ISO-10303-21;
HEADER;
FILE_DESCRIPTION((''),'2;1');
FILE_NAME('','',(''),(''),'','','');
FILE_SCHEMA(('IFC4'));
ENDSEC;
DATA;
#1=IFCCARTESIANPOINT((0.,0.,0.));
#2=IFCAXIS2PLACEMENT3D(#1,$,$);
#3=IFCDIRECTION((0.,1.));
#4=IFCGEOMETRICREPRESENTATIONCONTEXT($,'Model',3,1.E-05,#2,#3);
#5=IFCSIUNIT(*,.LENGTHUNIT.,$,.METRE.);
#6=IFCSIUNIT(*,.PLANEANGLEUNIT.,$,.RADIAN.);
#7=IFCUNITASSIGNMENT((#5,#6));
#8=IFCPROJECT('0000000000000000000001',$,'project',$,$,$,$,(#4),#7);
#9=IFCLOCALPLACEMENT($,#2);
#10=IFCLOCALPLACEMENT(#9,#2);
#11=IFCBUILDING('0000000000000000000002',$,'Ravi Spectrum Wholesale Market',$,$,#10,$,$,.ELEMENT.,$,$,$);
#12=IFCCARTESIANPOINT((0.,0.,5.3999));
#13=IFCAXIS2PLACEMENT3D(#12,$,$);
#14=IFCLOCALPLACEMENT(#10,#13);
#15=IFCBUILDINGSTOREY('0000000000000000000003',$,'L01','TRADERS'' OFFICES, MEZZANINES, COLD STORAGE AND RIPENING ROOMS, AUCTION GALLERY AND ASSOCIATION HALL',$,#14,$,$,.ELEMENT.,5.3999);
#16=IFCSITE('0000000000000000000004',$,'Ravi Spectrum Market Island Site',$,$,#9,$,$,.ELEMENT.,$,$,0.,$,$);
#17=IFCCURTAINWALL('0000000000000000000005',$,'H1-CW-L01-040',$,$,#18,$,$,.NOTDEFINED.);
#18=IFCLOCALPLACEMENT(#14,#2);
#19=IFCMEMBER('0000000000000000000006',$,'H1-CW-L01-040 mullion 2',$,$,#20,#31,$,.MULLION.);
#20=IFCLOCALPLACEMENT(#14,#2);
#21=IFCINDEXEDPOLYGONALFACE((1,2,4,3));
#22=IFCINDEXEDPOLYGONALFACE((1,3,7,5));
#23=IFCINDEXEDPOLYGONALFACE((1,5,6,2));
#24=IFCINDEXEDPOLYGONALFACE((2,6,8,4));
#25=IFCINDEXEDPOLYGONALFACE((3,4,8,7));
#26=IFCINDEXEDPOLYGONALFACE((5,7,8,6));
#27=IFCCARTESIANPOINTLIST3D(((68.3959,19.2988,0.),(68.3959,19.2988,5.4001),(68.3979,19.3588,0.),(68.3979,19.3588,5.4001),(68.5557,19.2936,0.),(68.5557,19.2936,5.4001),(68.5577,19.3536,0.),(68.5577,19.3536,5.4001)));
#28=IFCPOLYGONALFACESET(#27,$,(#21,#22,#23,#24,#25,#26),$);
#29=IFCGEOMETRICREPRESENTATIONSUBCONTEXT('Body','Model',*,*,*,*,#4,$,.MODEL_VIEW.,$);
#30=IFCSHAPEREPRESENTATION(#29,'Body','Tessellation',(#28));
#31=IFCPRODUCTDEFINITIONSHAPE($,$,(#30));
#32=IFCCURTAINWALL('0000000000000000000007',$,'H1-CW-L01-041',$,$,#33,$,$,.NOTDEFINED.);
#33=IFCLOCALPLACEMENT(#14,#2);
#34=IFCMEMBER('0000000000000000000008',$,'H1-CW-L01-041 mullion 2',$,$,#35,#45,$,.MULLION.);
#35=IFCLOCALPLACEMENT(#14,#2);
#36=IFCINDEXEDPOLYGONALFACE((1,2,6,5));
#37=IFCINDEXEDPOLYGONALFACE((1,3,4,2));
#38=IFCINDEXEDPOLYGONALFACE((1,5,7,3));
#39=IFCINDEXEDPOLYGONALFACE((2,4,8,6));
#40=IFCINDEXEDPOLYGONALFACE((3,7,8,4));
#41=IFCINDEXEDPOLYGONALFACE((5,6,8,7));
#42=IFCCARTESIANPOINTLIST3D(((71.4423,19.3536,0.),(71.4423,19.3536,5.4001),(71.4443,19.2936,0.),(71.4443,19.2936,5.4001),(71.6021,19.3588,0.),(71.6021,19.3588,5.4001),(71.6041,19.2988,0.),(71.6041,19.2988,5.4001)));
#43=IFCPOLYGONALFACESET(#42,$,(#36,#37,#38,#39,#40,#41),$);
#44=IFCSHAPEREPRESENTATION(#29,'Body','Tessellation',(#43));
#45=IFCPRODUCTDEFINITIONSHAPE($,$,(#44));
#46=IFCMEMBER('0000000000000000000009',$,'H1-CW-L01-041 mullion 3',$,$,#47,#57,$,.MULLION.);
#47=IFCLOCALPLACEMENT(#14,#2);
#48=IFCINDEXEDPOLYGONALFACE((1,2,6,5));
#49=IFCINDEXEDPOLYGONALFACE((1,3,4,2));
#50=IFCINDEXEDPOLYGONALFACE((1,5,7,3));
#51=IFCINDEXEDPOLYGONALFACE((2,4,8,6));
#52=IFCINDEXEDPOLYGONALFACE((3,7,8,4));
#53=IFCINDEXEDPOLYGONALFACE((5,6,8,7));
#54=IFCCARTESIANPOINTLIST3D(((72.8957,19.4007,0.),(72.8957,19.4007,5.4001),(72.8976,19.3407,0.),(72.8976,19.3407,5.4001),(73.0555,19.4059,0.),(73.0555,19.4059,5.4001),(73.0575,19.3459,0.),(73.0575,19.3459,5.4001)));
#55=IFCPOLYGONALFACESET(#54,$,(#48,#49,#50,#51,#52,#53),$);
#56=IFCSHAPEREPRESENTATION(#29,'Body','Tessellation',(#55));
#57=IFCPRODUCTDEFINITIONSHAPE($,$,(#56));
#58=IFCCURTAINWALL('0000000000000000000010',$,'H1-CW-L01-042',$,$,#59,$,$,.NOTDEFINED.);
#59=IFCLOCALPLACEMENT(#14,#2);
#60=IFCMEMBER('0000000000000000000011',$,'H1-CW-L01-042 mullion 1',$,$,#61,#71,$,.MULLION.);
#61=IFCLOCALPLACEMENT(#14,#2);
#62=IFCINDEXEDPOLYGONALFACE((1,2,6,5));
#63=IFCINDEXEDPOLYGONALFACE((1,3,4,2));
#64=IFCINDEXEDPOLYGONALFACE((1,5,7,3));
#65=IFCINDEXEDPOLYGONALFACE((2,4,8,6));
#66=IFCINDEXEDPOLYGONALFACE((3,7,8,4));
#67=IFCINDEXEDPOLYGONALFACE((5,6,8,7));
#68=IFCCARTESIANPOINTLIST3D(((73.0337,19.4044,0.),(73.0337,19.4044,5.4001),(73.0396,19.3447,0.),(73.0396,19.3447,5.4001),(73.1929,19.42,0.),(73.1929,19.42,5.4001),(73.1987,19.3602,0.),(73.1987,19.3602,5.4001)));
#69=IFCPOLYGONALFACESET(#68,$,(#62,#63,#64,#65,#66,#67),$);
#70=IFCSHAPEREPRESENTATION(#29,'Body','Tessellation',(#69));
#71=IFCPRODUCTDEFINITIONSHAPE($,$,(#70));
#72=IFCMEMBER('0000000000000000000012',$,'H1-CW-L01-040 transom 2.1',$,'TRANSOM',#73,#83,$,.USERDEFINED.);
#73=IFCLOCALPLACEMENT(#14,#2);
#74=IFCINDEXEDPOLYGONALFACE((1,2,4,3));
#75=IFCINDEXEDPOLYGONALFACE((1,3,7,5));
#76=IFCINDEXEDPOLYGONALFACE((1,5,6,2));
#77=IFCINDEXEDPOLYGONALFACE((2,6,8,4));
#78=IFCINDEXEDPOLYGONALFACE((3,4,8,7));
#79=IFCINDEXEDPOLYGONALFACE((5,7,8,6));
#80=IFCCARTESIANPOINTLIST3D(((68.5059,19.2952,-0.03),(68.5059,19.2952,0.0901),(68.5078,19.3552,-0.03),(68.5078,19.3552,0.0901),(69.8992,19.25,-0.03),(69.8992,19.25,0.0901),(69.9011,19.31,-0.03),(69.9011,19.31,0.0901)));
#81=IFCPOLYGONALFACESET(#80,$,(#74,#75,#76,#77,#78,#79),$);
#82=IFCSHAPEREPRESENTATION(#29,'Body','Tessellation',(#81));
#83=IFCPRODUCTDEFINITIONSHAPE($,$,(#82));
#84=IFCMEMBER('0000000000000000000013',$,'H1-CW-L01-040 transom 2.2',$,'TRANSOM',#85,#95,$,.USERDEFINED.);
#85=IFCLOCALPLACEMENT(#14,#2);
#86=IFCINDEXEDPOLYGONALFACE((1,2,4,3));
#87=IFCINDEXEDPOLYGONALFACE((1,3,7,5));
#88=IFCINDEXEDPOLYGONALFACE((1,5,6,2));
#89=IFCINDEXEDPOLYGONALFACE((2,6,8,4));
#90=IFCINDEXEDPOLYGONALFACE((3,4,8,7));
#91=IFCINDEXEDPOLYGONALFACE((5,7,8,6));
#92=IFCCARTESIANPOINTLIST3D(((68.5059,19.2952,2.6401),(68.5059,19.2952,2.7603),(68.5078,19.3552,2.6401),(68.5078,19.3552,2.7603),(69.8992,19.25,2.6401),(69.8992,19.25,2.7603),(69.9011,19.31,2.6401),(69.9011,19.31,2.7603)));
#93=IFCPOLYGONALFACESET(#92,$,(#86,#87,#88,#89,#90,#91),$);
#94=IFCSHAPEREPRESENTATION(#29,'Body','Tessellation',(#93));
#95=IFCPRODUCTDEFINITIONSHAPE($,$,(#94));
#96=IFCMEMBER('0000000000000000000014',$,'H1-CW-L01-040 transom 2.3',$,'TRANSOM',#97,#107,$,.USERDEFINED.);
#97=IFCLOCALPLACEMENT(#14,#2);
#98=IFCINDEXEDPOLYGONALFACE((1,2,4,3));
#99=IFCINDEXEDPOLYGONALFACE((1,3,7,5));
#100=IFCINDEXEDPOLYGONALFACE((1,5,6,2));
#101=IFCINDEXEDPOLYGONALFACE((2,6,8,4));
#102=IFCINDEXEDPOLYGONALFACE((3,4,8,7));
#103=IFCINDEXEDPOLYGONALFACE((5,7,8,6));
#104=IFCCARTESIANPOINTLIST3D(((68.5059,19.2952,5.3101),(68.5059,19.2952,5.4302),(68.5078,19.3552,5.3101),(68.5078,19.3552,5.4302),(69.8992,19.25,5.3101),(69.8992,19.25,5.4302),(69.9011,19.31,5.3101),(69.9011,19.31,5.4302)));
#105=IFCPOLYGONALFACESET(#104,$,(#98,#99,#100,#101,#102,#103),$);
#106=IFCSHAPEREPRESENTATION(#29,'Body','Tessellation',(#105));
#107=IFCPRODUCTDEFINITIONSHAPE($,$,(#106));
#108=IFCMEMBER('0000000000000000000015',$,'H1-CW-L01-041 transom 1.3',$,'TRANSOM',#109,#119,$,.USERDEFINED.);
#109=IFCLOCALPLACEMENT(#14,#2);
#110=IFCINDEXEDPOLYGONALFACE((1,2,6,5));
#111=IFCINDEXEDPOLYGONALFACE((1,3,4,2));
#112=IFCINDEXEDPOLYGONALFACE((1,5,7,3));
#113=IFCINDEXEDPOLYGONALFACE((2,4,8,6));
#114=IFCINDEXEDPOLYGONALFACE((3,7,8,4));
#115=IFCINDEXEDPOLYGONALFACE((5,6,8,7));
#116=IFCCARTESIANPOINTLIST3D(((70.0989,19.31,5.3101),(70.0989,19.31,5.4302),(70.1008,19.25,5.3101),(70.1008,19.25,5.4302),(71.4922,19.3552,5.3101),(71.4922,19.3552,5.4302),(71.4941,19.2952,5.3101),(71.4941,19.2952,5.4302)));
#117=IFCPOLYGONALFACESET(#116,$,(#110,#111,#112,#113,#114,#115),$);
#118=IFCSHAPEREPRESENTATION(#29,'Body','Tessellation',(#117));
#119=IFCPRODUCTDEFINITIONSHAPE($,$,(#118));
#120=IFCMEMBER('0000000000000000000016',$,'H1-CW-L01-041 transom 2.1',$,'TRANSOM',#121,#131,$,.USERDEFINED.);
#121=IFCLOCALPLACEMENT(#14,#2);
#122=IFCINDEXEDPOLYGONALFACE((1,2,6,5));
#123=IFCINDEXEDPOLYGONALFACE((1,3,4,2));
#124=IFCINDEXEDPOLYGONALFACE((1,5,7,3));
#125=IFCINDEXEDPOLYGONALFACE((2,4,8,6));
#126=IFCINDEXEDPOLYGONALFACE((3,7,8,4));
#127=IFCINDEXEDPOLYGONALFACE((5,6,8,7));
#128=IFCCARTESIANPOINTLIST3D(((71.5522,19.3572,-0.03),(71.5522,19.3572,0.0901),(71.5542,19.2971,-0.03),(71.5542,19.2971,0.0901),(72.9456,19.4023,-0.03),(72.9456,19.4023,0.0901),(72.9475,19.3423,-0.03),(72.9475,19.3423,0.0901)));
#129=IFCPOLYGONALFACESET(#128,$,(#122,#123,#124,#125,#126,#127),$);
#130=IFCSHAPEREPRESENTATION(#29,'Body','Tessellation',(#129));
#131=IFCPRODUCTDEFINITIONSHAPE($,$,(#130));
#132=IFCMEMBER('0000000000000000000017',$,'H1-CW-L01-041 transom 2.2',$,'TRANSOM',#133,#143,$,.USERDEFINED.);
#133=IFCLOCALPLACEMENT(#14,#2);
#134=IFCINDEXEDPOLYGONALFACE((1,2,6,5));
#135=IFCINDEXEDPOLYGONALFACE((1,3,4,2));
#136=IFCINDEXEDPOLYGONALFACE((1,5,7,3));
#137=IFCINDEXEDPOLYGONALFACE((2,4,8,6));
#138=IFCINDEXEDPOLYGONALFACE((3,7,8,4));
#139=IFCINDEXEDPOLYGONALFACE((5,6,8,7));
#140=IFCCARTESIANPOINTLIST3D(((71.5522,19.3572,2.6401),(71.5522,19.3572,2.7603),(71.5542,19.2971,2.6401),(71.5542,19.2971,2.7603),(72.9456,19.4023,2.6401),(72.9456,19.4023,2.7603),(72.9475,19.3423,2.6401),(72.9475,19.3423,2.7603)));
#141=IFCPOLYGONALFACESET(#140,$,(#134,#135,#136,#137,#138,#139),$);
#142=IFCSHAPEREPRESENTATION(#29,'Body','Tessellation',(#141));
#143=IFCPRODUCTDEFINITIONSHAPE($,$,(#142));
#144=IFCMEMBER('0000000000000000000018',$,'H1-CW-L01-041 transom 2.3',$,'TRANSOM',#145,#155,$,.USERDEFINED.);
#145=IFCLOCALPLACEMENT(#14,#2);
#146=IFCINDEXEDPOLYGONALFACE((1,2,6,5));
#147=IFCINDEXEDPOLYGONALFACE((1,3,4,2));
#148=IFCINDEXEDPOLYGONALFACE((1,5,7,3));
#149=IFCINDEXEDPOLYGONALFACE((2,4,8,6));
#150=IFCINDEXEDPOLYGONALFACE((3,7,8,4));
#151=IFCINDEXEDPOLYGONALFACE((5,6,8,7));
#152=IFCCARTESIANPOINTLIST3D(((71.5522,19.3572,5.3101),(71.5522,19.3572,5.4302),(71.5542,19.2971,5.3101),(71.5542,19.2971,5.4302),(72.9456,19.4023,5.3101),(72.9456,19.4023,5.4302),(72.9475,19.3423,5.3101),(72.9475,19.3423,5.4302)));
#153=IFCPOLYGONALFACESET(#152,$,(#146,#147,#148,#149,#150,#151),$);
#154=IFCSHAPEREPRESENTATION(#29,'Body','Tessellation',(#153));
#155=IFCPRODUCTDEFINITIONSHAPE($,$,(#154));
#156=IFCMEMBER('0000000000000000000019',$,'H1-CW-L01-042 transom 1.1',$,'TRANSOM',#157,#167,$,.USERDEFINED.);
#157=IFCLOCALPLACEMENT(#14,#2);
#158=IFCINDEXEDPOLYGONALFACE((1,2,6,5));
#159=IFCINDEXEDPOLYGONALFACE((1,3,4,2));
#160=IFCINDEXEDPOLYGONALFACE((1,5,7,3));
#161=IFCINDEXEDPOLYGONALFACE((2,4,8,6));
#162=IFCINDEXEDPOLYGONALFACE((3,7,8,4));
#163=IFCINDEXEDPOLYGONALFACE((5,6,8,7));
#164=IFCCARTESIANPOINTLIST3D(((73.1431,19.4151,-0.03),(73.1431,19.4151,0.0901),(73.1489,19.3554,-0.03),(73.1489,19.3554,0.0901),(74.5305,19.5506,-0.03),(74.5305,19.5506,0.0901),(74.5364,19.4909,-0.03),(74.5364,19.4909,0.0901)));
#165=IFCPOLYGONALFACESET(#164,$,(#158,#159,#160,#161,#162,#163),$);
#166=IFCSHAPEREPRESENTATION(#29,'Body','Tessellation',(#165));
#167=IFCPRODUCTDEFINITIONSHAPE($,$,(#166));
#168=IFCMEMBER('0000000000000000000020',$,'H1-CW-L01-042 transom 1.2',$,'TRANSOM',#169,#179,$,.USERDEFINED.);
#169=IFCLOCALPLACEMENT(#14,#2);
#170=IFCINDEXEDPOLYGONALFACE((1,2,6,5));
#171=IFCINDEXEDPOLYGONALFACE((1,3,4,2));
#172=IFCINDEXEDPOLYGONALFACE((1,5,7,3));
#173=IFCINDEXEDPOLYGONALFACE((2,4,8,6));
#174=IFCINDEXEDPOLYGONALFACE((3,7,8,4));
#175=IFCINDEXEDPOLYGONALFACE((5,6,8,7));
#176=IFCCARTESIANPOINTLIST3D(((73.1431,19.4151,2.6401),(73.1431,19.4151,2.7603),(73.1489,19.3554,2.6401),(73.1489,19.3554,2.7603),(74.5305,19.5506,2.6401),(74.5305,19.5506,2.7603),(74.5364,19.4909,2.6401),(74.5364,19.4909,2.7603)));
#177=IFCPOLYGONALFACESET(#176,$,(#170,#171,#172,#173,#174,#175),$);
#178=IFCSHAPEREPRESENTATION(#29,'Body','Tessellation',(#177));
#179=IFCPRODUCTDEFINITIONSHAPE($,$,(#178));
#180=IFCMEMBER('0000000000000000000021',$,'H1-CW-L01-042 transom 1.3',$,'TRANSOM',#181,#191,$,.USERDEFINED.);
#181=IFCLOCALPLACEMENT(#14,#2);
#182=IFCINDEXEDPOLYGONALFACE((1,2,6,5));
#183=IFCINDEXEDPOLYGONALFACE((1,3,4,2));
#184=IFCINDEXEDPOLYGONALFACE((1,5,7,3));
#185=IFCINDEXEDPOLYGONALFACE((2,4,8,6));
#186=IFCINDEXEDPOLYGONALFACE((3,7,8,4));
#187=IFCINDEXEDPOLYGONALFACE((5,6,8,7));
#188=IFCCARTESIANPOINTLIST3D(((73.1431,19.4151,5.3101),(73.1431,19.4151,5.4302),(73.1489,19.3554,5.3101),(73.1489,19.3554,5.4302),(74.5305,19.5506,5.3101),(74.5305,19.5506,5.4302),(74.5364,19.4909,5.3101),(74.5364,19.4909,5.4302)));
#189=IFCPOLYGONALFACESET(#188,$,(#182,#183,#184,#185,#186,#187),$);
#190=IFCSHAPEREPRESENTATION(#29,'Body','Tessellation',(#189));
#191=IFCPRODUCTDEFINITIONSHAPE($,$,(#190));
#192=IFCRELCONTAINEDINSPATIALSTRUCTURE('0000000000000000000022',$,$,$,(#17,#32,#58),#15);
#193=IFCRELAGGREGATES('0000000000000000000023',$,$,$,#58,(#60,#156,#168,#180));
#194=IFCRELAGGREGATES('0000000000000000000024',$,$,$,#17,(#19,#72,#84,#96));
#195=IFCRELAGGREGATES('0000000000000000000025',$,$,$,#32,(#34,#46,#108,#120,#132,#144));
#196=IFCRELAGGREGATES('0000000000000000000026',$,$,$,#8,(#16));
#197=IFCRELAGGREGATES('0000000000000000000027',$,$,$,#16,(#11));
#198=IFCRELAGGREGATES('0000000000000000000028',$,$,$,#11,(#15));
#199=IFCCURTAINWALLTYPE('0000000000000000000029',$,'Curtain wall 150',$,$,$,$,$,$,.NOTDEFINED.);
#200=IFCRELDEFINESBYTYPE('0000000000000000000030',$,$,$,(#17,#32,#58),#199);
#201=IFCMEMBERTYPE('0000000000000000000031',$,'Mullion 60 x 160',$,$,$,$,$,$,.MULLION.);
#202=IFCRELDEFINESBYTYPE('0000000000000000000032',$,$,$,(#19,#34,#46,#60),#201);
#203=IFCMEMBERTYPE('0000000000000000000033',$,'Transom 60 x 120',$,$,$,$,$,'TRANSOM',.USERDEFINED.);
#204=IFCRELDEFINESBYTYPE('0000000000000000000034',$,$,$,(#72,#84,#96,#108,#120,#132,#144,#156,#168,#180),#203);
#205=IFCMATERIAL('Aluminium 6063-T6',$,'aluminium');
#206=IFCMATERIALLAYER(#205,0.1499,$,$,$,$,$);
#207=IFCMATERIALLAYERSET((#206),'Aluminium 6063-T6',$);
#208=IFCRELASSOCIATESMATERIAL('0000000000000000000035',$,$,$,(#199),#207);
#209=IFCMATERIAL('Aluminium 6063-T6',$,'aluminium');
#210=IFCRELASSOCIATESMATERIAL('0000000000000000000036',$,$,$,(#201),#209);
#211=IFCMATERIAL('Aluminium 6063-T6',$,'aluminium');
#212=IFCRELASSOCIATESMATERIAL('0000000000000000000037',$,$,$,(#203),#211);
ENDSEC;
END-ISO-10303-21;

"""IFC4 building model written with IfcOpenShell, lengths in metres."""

from ifc_helpers import new_model, si_unit, direction, frame, origin, origin_2d, place, context, subcontext, project, spatial, rectangle, extrude, material, layer, layer_set, material_profile, profile_set, type_object, element, aggregate, save


model = new_model("IFC4")

# Units and contexts
model_context = context("Model", 3, precision=1e-05, world=origin(), true_north=direction((0.0, 1.0)))
body_context = subcontext(model_context, "Body", "Model", "MODEL_VIEW")
ifc_project = project(units=[si_unit("LENGTHUNIT", "METRE"), si_unit("PLANEANGLEUNIT", "RADIAN")], contexts=[model_context])

# Site, building, storey
site_placement = place(None, origin())
site = spatial("IfcSite", under=ifc_project, at=site_placement, Name="Ravi Spectrum Market Island Site", CompositionType="ELEMENT", RefElevation=0.0)
building_placement = place(site_placement, origin())
building = spatial("IfcBuilding", under=site, at=building_placement, Name="Ravi Spectrum Wholesale Market", CompositionType="ELEMENT")
storey_placement = place(building_placement, frame((0.0, 0.0, 5.3999)))
storey = spatial("IfcBuildingStorey", under=building, at=storey_placement, Name="L01", Description="TRADERS' OFFICES, MEZZANINES, COLD STORAGE AND RIPENING ROOMS, AUCTION GALLERY AND ASSOCIATION HALL", CompositionType="ELEMENT", Elevation=5.3999)

# Curtain wall, member
ifc_material_1 = material(Name="Aluminium 6063-T6", Category="aluminium")
ifc_layer_1 = layer(ifc_material_1, 0.1499)
ifc_layer_set_1 = layer_set([ifc_layer_1], Name="Aluminium 6063-T6")
curtain_wall_type = type_object("IfcCurtainWallType", Name="Curtain wall 150", PredefinedType="NOTDEFINED", material=ifc_layer_set_1)
curtain_wall_1_placement = place(storey_placement, origin())
curtain_wall_1 = element("IfcCurtainWall", 1, at=curtain_wall_1_placement, inside=storey, type_object=curtain_wall_type, Name="H1-CW-L01-040", PredefinedType="NOTDEFINED")
ifc_material_2 = material(Name="Aluminium 6063-T6", Category="aluminium")
ifc_material_profile_1 = material_profile(ifc_material_2, rectangle(XDim=0.0601, YDim=0.1599, at=origin_2d()))
ifc_profile_set_1 = profile_set([ifc_material_profile_1], Name="Aluminium 6063-T6")
member_type_1 = type_object("IfcMemberType", Name="Mullion 60 x 160", PredefinedType="MULLION", material=ifc_profile_set_1)
member_1_placement = place(storey_placement, frame((68.4768, 19.3262, 0.0), z_axis=(0.0, 0.0, 1.0), x_axis=(0.032427, 0.999474, 0.0)))
member_1 = element("IfcMember", 2, at=member_1_placement, type_object=member_type_1, Name="H1-CW-L01-040 mullion 2", PredefinedType="MULLION", context=body_context, shape_type="SweptSolid", body=[
    extrude(rectangle(XDim=0.0601, YDim=0.1599, at=origin_2d()), origin(), (0.0, 0.0, 1.0), 5.4001),
])

# Curtain wall, members
curtain_wall_2_placement = place(storey_placement, origin())
curtain_wall_2 = element("IfcCurtainWall", 3, at=curtain_wall_2_placement, inside=storey, type_object=curtain_wall_type, Name="H1-CW-L01-041", PredefinedType="NOTDEFINED")
member_2_placement = place(storey_placement, frame((71.5232, 19.3262, 0.0), z_axis=(0.0, 0.0, 1.0), x_axis=(-0.032427, 0.999474, 0.0)))
member_2 = element("IfcMember", 4, at=member_2_placement, type_object=member_type_1, Name="H1-CW-L01-041 mullion 2", PredefinedType="MULLION", context=body_context, shape_type="SweptSolid", body=[
    extrude(rectangle(XDim=0.0601, YDim=0.1599, at=origin_2d()), origin(), (0.0, 0.0, 1.0), 5.4001),
])
member_3_placement = place(storey_placement, frame((72.9766, 19.3733, 0.0), z_axis=(0.0, 0.0, 1.0), x_axis=(-0.032427, 0.999474, 0.0)))
member_3 = element("IfcMember", 5, at=member_3_placement, type_object=member_type_1, Name="H1-CW-L01-041 mullion 3", PredefinedType="MULLION", context=body_context, shape_type="SweptSolid", body=[
    extrude(rectangle(XDim=0.0601, YDim=0.1599, at=origin_2d()), origin(), (0.0, 0.0, 1.0), 5.4001),
])

# Curtain wall, member
curtain_wall_3_placement = place(storey_placement, origin())
curtain_wall_3 = element("IfcCurtainWall", 6, at=curtain_wall_3_placement, inside=storey, type_object=curtain_wall_type, Name="H1-CW-L01-042", PredefinedType="NOTDEFINED")
member_4_placement = place(storey_placement, frame((73.1162, 19.3823, 0.0), z_axis=(0.0, 0.0, 1.0), x_axis=(-0.097144, 0.99527, 0.0)))
member_4 = element("IfcMember", 7, at=member_4_placement, type_object=member_type_1, Name="H1-CW-L01-042 mullion 1", PredefinedType="MULLION", context=body_context, shape_type="SweptSolid", body=[
    extrude(rectangle(XDim=0.0601, YDim=0.1599, at=origin_2d()), origin(), (0.0, 0.0, 1.0), 5.4001),
])

# Members
ifc_material_3 = material(Name="Aluminium 6063-T6", Category="aluminium")
ifc_material_profile_2 = material_profile(ifc_material_3, rectangle(XDim=0.0601, YDim=0.1201, at=origin_2d()))
ifc_profile_set_2 = profile_set([ifc_material_profile_2], Name="Aluminium 6063-T6")
member_type_2 = type_object("IfcMemberType", Name="Transom 60 x 120", ElementType="TRANSOM", PredefinedType="USERDEFINED", material=ifc_profile_set_2)
member_5_placement = place(storey_placement, frame((68.5068, 19.3252, 0.03), z_axis=(0.999475, -0.032399, 0.0), x_axis=(0.032399, 0.999475, 0.0)))
member_5 = element("IfcMember", 8, at=member_5_placement, type_object=member_type_2, Name="H1-CW-L01-040 transom 2.1", ObjectType="TRANSOM", PredefinedType="USERDEFINED", context=body_context, shape_type="SweptSolid", body=[
    extrude(rectangle(XDim=0.0601, YDim=0.1201, at=origin_2d()), origin(), (0.0, 0.0, 1.0), 1.394),
])
member_6_placement = place(storey_placement, frame((68.5068, 19.3252, 2.7002), z_axis=(0.999475, -0.032399, 0.0), x_axis=(0.032399, 0.999475, 0.0)))
member_6 = element("IfcMember", 9, at=member_6_placement, type_object=member_type_2, Name="H1-CW-L01-040 transom 2.2", ObjectType="TRANSOM", PredefinedType="USERDEFINED", context=body_context, shape_type="SweptSolid", body=[
    extrude(rectangle(XDim=0.0601, YDim=0.1201, at=origin_2d()), origin(), (0.0, 0.0, 1.0), 1.394),
])
member_7_placement = place(storey_placement, frame((68.5068, 19.3252, 5.3701), z_axis=(0.999475, -0.032399, 0.0), x_axis=(0.032399, 0.999475, 0.0)))
member_7 = element("IfcMember", 10, at=member_7_placement, type_object=member_type_2, Name="H1-CW-L01-040 transom 2.3", ObjectType="TRANSOM", PredefinedType="USERDEFINED", context=body_context, shape_type="SweptSolid", body=[
    extrude(rectangle(XDim=0.0601, YDim=0.1201, at=origin_2d()), origin(), (0.0, 0.0, 1.0), 1.394),
])
member_8_placement = place(storey_placement, frame((70.0999, 19.28, 5.3701), z_axis=(0.999475, 0.032399, 0.0), x_axis=(-0.032399, 0.999475, 0.0)))
member_8 = element("IfcMember", 11, at=member_8_placement, type_object=member_type_2, Name="H1-CW-L01-041 transom 1.3", ObjectType="TRANSOM", PredefinedType="USERDEFINED", context=body_context, shape_type="SweptSolid", body=[
    extrude(rectangle(XDim=0.0601, YDim=0.1201, at=origin_2d()), origin(), (0.0, 0.0, 1.0), 1.394),
])
member_9_placement = place(storey_placement, frame((71.5532, 19.3271, 0.03), z_axis=(0.999475, 0.032399, 0.0), x_axis=(-0.032399, 0.999475, 0.0)))
member_9 = element("IfcMember", 12, at=member_9_placement, type_object=member_type_2, Name="H1-CW-L01-041 transom 2.1", ObjectType="TRANSOM", PredefinedType="USERDEFINED", context=body_context, shape_type="SweptSolid", body=[
    extrude(rectangle(XDim=0.0601, YDim=0.1201, at=origin_2d()), origin(), (0.0, 0.0, 1.0), 1.394),
])
member_10_placement = place(storey_placement, frame((71.5532, 19.3271, 2.7002), z_axis=(0.999475, 0.032399, 0.0), x_axis=(-0.032399, 0.999475, 0.0)))
member_10 = element("IfcMember", 13, at=member_10_placement, type_object=member_type_2, Name="H1-CW-L01-041 transom 2.2", ObjectType="TRANSOM", PredefinedType="USERDEFINED", context=body_context, shape_type="SweptSolid", body=[
    extrude(rectangle(XDim=0.0601, YDim=0.1201, at=origin_2d()), origin(), (0.0, 0.0, 1.0), 1.394),
])
member_11_placement = place(storey_placement, frame((71.5532, 19.3271, 5.3701), z_axis=(0.999475, 0.032399, 0.0), x_axis=(-0.032399, 0.999475, 0.0)))
member_11 = element("IfcMember", 14, at=member_11_placement, type_object=member_type_2, Name="H1-CW-L01-041 transom 2.3", ObjectType="TRANSOM", PredefinedType="USERDEFINED", context=body_context, shape_type="SweptSolid", body=[
    extrude(rectangle(XDim=0.0601, YDim=0.1201, at=origin_2d()), origin(), (0.0, 0.0, 1.0), 1.394),
])
member_12_placement = place(storey_placement, frame((73.146, 19.3853, 0.03), z_axis=(0.995265, 0.097197, 0.0), x_axis=(-0.097197, 0.995265, 0.0)))
member_12 = element("IfcMember", 15, at=member_12_placement, type_object=member_type_2, Name="H1-CW-L01-042 transom 1.1", ObjectType="TRANSOM", PredefinedType="USERDEFINED", context=body_context, shape_type="SweptSolid", body=[
    extrude(rectangle(XDim=0.0601, YDim=0.1201, at=origin_2d()), origin(), (0.0, 0.0, 1.0), 1.394),
])
member_13_placement = place(storey_placement, frame((73.146, 19.3853, 2.7002), z_axis=(0.995265, 0.097197, 0.0), x_axis=(-0.097197, 0.995265, 0.0)))
member_13 = element("IfcMember", 16, at=member_13_placement, type_object=member_type_2, Name="H1-CW-L01-042 transom 1.2", ObjectType="TRANSOM", PredefinedType="USERDEFINED", context=body_context, shape_type="SweptSolid", body=[
    extrude(rectangle(XDim=0.0601, YDim=0.1201, at=origin_2d()), origin(), (0.0, 0.0, 1.0), 1.394),
])
member_14_placement = place(storey_placement, frame((73.146, 19.3853, 5.3701), z_axis=(0.995265, 0.097197, 0.0), x_axis=(-0.097197, 0.995265, 0.0)))
member_14 = element("IfcMember", 17, at=member_14_placement, type_object=member_type_2, Name="H1-CW-L01-042 transom 1.3", ObjectType="TRANSOM", PredefinedType="USERDEFINED", context=body_context, shape_type="SweptSolid", body=[
    extrude(rectangle(XDim=0.0601, YDim=0.1201, at=origin_2d()), origin(), (0.0, 0.0, 1.0), 1.394),
])
aggregate(curtain_wall_3, [member_4, member_12, member_13, member_14])

aggregate(curtain_wall_1, [member_1, member_5, member_6, member_7])
aggregate(curtain_wall_2, [member_2, member_3, member_8, member_9, member_10, member_11])

save(model, "model.ifc")
